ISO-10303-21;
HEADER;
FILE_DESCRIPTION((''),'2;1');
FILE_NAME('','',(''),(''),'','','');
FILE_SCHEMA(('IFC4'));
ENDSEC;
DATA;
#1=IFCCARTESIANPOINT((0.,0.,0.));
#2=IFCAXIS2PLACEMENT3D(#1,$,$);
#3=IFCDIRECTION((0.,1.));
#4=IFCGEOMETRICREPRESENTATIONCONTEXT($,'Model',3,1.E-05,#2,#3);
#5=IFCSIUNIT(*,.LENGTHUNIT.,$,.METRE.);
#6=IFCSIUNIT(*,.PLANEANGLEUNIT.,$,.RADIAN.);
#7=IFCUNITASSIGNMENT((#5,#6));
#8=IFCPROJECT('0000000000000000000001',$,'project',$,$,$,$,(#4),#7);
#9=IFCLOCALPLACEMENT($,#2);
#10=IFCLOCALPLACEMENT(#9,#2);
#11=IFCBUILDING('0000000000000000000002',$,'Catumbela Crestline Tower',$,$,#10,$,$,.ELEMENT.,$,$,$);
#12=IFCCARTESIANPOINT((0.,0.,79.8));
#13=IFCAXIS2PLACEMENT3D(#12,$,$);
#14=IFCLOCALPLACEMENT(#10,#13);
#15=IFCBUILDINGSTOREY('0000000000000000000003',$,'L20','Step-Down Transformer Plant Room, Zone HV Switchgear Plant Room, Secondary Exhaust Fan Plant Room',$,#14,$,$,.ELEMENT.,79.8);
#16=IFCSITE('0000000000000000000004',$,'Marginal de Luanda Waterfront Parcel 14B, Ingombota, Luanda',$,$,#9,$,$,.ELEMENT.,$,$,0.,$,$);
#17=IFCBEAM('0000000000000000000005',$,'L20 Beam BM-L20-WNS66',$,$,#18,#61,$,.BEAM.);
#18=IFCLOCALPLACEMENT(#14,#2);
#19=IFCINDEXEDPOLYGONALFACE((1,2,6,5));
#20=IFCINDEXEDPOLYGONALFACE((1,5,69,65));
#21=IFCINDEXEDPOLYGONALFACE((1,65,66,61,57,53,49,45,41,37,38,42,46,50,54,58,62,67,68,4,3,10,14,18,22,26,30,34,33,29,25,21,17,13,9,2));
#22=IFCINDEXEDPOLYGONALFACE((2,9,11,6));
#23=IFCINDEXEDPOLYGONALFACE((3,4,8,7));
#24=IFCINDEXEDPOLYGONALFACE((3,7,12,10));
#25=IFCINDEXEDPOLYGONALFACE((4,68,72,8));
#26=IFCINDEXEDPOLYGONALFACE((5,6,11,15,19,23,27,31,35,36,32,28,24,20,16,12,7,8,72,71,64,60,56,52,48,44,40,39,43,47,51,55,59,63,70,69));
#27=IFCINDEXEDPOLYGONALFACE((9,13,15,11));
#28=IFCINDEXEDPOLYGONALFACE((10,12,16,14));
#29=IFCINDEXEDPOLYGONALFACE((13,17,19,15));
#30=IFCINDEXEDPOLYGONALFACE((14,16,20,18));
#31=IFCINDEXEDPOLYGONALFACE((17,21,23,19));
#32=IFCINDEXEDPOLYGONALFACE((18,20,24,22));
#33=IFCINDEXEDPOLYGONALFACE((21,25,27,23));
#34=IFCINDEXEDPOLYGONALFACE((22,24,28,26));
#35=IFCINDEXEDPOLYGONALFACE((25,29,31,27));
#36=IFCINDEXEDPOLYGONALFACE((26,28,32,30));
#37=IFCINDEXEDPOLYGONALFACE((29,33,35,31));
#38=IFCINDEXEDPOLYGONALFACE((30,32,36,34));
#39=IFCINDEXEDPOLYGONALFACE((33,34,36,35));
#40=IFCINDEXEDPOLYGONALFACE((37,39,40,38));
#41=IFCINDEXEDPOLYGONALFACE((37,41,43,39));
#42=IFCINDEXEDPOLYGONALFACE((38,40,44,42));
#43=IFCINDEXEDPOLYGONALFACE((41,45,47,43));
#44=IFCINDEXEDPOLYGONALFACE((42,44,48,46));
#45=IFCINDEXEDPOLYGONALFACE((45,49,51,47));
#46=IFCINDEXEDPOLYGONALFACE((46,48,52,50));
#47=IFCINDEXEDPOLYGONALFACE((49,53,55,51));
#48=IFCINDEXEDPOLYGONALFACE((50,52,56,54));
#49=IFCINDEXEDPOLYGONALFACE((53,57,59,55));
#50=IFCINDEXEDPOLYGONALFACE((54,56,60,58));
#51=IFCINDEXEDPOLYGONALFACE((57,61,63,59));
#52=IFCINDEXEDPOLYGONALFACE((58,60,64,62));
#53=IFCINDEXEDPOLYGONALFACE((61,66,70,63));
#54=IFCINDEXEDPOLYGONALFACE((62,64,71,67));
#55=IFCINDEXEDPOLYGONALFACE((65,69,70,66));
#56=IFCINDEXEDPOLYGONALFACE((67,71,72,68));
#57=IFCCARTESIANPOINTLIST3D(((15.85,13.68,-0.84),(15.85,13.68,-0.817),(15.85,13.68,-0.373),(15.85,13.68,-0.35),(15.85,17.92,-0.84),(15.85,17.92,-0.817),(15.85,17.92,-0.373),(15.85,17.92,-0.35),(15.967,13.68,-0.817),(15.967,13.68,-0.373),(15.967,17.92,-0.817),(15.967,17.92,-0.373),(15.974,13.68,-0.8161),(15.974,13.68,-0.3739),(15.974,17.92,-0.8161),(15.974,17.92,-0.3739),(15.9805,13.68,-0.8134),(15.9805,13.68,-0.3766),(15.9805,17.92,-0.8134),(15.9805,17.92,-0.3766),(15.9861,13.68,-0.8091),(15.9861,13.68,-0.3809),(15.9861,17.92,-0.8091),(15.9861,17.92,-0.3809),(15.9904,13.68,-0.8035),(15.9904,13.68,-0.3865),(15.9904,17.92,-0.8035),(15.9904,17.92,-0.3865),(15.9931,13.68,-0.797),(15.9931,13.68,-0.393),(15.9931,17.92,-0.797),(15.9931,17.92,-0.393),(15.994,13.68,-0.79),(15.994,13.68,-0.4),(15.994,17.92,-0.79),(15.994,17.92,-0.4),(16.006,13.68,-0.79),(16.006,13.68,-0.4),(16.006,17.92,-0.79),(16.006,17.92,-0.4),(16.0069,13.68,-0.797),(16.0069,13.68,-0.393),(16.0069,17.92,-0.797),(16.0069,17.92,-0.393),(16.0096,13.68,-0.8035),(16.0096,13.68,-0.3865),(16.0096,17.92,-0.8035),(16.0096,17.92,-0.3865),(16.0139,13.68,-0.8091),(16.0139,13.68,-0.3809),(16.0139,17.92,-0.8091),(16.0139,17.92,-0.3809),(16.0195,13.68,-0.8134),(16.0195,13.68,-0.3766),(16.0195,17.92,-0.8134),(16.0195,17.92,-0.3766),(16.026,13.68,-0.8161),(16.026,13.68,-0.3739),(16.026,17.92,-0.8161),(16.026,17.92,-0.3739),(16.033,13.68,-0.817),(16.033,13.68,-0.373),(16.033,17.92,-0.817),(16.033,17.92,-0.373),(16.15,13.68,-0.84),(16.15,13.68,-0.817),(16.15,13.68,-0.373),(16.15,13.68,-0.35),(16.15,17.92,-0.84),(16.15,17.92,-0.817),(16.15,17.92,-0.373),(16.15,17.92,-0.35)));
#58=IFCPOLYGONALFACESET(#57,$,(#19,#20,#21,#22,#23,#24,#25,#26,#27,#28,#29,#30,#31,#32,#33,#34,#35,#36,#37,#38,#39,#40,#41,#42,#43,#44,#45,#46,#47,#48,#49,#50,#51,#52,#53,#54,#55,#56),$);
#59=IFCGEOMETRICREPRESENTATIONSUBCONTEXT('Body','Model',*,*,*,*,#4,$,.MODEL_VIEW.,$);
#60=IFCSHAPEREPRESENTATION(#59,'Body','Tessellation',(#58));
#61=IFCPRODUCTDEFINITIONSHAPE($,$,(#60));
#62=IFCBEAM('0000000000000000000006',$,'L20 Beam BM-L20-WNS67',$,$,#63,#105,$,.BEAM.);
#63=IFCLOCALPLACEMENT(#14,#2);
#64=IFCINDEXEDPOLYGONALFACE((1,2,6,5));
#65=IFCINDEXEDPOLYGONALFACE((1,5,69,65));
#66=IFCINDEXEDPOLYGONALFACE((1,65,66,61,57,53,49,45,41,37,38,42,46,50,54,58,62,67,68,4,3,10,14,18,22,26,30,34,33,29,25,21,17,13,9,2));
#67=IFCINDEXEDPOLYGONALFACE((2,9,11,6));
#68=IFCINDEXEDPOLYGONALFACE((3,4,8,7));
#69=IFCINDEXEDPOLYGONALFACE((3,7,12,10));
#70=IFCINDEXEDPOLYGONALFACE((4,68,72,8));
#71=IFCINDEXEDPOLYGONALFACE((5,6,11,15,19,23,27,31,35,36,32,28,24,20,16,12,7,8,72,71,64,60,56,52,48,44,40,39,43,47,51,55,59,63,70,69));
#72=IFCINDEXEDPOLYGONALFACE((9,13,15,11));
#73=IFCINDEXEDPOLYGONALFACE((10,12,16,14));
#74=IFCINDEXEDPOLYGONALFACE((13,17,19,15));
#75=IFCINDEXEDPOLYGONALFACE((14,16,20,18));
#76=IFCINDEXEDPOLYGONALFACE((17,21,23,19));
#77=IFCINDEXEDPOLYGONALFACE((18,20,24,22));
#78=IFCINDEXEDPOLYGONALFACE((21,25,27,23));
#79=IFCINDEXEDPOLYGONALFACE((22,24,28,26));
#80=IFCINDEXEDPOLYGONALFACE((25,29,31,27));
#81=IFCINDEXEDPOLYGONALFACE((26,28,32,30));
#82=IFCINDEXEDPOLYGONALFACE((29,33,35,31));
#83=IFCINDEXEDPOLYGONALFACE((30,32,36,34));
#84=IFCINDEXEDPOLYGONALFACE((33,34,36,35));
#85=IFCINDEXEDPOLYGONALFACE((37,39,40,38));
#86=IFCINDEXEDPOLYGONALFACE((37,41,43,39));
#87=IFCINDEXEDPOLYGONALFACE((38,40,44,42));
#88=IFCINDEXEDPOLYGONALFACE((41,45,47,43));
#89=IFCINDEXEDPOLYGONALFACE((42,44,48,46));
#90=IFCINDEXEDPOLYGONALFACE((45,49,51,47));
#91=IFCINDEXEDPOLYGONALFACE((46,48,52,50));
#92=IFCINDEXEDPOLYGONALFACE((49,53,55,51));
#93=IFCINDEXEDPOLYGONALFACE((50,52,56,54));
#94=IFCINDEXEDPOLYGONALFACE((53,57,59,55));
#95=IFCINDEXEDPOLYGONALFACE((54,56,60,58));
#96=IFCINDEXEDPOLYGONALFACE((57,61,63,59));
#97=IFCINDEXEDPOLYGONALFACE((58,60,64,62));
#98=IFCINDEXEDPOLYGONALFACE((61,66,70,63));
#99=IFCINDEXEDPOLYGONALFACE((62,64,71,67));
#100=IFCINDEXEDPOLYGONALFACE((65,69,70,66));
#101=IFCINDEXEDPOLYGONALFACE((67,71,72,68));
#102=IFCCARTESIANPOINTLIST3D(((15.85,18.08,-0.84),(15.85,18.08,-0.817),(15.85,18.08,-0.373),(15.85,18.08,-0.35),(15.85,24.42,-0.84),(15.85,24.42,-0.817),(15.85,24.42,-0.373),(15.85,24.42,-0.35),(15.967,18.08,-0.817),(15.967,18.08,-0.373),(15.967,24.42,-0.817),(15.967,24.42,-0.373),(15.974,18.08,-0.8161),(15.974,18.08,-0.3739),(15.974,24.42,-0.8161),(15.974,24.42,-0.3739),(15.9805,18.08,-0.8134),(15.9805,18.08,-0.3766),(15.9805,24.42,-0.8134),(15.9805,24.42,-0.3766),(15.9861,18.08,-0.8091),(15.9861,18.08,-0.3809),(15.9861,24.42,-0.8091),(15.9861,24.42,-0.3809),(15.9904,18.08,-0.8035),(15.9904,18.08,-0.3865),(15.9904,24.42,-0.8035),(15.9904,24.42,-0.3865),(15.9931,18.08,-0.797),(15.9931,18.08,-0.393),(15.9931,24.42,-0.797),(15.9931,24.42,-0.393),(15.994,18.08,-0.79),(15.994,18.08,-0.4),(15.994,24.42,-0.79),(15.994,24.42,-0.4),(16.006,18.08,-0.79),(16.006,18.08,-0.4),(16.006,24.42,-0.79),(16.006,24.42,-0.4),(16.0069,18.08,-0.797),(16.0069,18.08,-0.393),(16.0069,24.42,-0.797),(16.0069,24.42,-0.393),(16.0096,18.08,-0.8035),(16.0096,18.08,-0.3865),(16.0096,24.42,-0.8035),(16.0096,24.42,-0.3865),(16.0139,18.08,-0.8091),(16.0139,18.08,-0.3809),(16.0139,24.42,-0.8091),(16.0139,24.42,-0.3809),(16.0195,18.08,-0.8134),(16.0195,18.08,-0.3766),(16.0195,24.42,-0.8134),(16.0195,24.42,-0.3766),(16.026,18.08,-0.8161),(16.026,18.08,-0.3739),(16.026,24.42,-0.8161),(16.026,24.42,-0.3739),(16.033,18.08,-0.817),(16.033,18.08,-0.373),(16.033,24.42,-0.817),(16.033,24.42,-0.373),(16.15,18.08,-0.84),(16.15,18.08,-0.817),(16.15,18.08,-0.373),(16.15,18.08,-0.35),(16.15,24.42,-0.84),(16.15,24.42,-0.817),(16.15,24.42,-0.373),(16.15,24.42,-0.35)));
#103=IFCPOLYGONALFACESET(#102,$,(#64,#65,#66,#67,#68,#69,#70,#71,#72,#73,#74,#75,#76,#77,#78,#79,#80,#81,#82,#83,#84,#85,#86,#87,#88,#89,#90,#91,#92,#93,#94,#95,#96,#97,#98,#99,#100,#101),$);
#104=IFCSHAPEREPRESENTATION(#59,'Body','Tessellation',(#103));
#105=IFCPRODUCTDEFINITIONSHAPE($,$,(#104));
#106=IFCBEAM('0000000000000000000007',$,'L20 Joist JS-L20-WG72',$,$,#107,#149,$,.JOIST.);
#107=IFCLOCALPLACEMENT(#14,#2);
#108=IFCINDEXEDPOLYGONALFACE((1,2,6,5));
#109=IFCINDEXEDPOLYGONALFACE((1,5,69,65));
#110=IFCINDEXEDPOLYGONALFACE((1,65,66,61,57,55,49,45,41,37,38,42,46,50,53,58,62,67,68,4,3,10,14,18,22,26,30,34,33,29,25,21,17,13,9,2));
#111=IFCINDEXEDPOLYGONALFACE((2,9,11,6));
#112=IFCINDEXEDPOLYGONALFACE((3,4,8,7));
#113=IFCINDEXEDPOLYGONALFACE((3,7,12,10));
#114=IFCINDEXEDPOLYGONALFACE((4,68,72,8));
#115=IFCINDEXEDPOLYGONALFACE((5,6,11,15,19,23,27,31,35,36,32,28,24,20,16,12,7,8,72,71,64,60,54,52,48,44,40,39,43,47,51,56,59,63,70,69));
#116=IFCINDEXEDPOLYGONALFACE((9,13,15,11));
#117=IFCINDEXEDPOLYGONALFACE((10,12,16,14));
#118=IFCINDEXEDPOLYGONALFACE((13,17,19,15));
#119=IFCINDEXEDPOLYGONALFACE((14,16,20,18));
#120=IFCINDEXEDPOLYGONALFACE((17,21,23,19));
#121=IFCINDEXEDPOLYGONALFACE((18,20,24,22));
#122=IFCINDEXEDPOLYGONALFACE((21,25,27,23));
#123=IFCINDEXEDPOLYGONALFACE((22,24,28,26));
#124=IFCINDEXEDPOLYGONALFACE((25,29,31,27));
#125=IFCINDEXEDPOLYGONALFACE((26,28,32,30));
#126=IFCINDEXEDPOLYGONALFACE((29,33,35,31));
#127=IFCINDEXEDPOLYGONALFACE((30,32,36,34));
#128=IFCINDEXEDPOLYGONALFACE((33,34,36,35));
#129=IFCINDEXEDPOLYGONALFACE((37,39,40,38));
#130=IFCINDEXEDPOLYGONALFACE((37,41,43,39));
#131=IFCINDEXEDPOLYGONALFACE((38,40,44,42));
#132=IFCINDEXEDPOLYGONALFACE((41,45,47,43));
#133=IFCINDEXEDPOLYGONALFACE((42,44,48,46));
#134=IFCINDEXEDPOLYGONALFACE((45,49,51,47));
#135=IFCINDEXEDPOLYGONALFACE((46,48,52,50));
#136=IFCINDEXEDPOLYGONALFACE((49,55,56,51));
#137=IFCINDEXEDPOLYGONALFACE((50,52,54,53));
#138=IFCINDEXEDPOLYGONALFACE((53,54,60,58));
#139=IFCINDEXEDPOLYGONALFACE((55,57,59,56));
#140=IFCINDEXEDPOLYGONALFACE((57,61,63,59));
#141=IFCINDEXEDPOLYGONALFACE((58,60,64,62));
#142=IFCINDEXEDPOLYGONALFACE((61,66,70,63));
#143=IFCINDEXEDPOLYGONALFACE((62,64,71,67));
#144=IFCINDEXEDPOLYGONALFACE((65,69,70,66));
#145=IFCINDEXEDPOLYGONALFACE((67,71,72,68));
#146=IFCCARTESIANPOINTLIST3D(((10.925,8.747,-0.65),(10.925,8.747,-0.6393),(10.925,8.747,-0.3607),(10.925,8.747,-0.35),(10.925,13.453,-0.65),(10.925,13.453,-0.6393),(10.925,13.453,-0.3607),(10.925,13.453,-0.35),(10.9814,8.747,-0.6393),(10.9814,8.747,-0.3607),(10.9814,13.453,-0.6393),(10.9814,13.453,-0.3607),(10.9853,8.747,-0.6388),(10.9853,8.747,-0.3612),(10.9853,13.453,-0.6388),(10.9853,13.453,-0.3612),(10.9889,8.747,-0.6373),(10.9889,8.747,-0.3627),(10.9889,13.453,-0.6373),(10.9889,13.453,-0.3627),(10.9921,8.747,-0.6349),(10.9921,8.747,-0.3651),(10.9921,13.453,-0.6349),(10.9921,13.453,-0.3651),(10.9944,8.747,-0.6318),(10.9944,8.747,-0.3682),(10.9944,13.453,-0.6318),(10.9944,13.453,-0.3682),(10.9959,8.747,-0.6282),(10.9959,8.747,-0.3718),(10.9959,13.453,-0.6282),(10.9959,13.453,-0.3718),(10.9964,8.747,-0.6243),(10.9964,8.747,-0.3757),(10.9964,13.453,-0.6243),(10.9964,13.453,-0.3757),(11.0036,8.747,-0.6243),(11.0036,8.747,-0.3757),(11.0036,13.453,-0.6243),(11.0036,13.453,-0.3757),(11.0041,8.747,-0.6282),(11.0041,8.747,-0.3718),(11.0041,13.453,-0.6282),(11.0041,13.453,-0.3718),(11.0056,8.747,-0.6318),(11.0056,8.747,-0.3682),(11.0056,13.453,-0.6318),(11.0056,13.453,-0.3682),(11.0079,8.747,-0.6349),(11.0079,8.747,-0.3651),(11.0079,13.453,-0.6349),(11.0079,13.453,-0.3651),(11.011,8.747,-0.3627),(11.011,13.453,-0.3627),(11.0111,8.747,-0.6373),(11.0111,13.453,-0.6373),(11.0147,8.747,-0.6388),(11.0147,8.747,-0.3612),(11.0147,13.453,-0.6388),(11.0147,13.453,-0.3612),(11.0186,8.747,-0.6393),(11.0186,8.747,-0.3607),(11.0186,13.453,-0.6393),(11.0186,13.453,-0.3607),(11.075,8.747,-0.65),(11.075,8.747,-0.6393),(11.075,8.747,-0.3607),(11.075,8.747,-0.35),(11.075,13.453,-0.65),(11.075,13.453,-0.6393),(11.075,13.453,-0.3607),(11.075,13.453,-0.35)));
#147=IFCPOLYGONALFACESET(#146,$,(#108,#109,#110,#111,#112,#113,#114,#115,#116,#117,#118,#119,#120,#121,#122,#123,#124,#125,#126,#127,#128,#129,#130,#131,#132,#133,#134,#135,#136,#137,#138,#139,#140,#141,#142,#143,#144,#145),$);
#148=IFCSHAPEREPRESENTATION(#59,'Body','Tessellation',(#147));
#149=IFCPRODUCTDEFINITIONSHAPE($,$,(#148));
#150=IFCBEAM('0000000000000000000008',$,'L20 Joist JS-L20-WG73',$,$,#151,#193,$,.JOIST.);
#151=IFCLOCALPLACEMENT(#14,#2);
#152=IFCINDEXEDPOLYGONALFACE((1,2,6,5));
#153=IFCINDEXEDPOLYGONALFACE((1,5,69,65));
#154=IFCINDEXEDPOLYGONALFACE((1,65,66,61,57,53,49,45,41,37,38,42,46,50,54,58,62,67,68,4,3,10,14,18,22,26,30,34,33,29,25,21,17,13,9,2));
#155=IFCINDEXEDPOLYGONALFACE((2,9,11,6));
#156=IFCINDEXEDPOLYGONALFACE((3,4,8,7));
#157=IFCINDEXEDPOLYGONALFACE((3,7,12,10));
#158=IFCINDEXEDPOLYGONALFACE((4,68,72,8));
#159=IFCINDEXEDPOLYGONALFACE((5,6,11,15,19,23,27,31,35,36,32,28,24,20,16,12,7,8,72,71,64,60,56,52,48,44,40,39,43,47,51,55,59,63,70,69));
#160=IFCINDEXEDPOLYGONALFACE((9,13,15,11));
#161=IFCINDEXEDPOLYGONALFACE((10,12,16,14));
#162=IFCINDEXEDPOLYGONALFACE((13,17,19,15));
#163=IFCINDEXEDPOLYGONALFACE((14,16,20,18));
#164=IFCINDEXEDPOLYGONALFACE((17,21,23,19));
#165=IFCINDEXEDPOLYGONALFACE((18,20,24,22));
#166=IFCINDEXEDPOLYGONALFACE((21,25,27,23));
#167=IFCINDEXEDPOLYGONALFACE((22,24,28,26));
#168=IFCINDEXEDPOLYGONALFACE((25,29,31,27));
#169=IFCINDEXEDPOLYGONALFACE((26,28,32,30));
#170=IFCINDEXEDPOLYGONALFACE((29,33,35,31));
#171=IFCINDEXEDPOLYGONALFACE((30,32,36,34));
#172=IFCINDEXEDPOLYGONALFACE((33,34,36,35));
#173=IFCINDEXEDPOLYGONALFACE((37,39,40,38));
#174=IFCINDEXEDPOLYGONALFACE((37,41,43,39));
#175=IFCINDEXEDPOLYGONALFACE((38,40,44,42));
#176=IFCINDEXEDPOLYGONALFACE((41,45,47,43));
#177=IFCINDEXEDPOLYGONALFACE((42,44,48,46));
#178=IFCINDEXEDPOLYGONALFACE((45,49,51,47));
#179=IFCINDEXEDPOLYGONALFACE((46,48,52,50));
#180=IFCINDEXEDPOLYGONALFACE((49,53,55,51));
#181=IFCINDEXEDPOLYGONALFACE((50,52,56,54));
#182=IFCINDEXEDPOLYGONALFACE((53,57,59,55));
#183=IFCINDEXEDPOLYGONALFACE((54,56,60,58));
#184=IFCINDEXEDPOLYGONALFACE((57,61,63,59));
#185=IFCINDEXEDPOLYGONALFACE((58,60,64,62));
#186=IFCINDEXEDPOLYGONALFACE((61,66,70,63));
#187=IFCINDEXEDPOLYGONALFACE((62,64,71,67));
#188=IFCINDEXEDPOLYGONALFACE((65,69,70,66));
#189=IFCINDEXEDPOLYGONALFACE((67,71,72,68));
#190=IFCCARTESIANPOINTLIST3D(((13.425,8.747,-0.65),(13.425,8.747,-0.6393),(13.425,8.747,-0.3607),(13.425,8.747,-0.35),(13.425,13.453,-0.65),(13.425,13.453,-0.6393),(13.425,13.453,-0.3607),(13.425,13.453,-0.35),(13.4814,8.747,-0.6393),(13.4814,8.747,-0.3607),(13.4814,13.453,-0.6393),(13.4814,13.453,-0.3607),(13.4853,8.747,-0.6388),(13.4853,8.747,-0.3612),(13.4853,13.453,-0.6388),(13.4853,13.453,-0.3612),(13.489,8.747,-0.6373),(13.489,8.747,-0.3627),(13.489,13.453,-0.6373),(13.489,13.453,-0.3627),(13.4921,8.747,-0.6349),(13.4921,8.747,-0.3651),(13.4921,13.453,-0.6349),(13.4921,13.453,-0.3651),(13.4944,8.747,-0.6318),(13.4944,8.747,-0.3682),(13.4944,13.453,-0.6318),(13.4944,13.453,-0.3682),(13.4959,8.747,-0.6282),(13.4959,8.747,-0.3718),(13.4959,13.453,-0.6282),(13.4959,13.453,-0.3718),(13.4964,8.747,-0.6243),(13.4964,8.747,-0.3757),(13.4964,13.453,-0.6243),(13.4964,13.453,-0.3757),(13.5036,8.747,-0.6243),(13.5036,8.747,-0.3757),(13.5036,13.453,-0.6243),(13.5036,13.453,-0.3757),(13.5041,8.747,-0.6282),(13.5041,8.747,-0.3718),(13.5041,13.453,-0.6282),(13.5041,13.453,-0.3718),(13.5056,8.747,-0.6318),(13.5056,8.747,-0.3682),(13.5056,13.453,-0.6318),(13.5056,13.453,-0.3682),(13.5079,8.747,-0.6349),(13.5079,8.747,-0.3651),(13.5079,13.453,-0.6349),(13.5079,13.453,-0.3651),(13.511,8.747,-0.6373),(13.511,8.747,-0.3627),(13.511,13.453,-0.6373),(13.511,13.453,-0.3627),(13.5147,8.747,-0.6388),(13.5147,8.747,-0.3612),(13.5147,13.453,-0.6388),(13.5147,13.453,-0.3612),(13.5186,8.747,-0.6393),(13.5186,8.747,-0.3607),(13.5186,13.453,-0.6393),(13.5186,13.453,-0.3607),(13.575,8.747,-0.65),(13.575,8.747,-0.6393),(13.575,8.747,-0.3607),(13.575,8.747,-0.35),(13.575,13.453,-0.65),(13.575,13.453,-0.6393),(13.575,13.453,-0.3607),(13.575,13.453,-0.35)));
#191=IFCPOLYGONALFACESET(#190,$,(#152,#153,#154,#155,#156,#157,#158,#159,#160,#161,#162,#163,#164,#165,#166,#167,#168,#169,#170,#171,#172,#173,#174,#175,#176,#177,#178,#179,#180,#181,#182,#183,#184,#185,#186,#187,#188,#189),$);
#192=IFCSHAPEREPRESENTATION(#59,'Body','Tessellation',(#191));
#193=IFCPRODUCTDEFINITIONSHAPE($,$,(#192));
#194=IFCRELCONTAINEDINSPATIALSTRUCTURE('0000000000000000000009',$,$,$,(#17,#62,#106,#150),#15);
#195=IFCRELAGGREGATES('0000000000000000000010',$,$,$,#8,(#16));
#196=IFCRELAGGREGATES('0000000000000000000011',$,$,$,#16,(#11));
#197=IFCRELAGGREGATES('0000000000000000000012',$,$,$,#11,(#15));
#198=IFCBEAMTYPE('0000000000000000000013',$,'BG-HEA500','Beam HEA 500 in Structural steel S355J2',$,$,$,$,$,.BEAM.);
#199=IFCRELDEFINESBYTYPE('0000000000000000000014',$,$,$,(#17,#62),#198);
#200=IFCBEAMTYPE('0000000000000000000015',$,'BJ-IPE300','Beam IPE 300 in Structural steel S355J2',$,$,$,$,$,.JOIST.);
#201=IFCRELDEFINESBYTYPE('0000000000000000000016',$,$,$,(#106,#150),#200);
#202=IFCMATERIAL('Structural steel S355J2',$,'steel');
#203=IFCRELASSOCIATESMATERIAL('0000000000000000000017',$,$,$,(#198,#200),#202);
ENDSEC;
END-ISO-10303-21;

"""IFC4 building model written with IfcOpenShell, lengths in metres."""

from ifc_helpers import new_model, si_unit, direction, frame, origin, origin_2d, place, context, subcontext, project, spatial, i_section, extrude, material, material_profile, profile_set, type_object, element, save


model = new_model("IFC4")

# Units and contexts
model_context = context("Model", 3, precision=1e-05, world=origin(), true_north=direction((0.0, 1.0)))
body_context = subcontext(model_context, "Body", "Model", "MODEL_VIEW")
ifc_project = project(units=[si_unit("LENGTHUNIT", "METRE"), si_unit("PLANEANGLEUNIT", "RADIAN")], contexts=[model_context])

# Site, building, storey
site_placement = place(None, origin())
site = spatial("IfcSite", under=ifc_project, at=site_placement, Name="Marginal de Luanda Waterfront Parcel 14B, Ingombota, Luanda", CompositionType="ELEMENT", RefElevation=0.0)
building_placement = place(site_placement, origin())
building = spatial("IfcBuilding", under=site, at=building_placement, Name="Catumbela Crestline Tower", CompositionType="ELEMENT")
storey_placement = place(building_placement, frame((0.0, 0.0, 79.8)))
storey = spatial("IfcBuildingStorey", under=building, at=storey_placement, Name="L20", Description="Step-Down Transformer Plant Room, Zone HV Switchgear Plant Room, Secondary Exhaust Fan Plant Room", CompositionType="ELEMENT", Elevation=79.8)

# Beams
ifc_material_1 = material(Name="Structural steel S355J2", Category="steel")
ifc_material_profile_1 = material_profile(ifc_material_1, i_section(OverallWidth=0.3, OverallDepth=0.49, WebThickness=0.012, FlangeThickness=0.023, FilletRadius=0.027, at=origin_2d()), Name="HEA 500")
ifc_profile_set_1 = profile_set([ifc_material_profile_1], Name="Structural steel S355J2")
beam_type_1 = type_object("IfcBeamType", Name="BG-HEA500", Description="Beam HEA 500 in Structural steel S355J2", PredefinedType="BEAM", material=ifc_profile_set_1)
beam_1_placement = place(storey_placement, frame((16.0, 13.68, -0.595), z_axis=(0.0, 1.0, 0.0), x_axis=(-1.0, 0.0, 0.0)))
element("IfcBeam", 1, at=beam_1_placement, inside=storey, type_object=beam_type_1, Name="L20 Beam BM-L20-WNS66", PredefinedType="BEAM", context=body_context, shape_type="SweptSolid", body=[
    extrude(i_section(OverallWidth=0.3, OverallDepth=0.49, WebThickness=0.012, FlangeThickness=0.023, FilletRadius=0.027, at=origin_2d()), origin(), (0.0, 0.0, 1.0), 4.24),
])
beam_2_placement = place(storey_placement, frame((16.0, 18.08, -0.595), z_axis=(0.0, 1.0, 0.0), x_axis=(-1.0, 0.0, 0.0)))
element("IfcBeam", 2, at=beam_2_placement, inside=storey, type_object=beam_type_1, Name="L20 Beam BM-L20-WNS67", PredefinedType="BEAM", context=body_context, shape_type="SweptSolid", body=[
    extrude(i_section(OverallWidth=0.3, OverallDepth=0.49, WebThickness=0.012, FlangeThickness=0.023, FilletRadius=0.027, at=origin_2d()), origin(), (0.0, 0.0, 1.0), 6.34),
])
ifc_material_profile_2 = material_profile(ifc_material_1, i_section(OverallWidth=0.15, OverallDepth=0.3, WebThickness=0.0071, FlangeThickness=0.0107, FilletRadius=0.015, at=origin_2d()), Name="IPE 300")
ifc_profile_set_2 = profile_set([ifc_material_profile_2], Name="Structural steel S355J2")
beam_type_2 = type_object("IfcBeamType", Name="BJ-IPE300", Description="Beam IPE 300 in Structural steel S355J2", PredefinedType="JOIST", material=ifc_profile_set_2)
for number, where, z_axis, x_axis, name in (
    (3, (11.0, 8.747, -0.5), (0.0, 1.0, 0.0), (-1.0, 0.0, 0.0), "L20 Joist JS-L20-WG72"),
    (4, (13.5, 8.747, -0.5), (0.0, 1.0, 0.0), (-1.0, 0.0, 0.0), "L20 Joist JS-L20-WG73"),
):
    element("IfcBeam", number, at=place(storey_placement, frame(where, z_axis=z_axis, x_axis=x_axis)), inside=storey, type_object=beam_type_2, Name=name, PredefinedType="JOIST", context=body_context, shape_type="SweptSolid", body=[
        extrude(i_section(OverallWidth=0.15, OverallDepth=0.3, WebThickness=0.0071, FlangeThickness=0.0107, FilletRadius=0.015, at=origin_2d()), origin(), (0.0, 0.0, 1.0), 4.706),
    ])

save(model, "model.ifc")
